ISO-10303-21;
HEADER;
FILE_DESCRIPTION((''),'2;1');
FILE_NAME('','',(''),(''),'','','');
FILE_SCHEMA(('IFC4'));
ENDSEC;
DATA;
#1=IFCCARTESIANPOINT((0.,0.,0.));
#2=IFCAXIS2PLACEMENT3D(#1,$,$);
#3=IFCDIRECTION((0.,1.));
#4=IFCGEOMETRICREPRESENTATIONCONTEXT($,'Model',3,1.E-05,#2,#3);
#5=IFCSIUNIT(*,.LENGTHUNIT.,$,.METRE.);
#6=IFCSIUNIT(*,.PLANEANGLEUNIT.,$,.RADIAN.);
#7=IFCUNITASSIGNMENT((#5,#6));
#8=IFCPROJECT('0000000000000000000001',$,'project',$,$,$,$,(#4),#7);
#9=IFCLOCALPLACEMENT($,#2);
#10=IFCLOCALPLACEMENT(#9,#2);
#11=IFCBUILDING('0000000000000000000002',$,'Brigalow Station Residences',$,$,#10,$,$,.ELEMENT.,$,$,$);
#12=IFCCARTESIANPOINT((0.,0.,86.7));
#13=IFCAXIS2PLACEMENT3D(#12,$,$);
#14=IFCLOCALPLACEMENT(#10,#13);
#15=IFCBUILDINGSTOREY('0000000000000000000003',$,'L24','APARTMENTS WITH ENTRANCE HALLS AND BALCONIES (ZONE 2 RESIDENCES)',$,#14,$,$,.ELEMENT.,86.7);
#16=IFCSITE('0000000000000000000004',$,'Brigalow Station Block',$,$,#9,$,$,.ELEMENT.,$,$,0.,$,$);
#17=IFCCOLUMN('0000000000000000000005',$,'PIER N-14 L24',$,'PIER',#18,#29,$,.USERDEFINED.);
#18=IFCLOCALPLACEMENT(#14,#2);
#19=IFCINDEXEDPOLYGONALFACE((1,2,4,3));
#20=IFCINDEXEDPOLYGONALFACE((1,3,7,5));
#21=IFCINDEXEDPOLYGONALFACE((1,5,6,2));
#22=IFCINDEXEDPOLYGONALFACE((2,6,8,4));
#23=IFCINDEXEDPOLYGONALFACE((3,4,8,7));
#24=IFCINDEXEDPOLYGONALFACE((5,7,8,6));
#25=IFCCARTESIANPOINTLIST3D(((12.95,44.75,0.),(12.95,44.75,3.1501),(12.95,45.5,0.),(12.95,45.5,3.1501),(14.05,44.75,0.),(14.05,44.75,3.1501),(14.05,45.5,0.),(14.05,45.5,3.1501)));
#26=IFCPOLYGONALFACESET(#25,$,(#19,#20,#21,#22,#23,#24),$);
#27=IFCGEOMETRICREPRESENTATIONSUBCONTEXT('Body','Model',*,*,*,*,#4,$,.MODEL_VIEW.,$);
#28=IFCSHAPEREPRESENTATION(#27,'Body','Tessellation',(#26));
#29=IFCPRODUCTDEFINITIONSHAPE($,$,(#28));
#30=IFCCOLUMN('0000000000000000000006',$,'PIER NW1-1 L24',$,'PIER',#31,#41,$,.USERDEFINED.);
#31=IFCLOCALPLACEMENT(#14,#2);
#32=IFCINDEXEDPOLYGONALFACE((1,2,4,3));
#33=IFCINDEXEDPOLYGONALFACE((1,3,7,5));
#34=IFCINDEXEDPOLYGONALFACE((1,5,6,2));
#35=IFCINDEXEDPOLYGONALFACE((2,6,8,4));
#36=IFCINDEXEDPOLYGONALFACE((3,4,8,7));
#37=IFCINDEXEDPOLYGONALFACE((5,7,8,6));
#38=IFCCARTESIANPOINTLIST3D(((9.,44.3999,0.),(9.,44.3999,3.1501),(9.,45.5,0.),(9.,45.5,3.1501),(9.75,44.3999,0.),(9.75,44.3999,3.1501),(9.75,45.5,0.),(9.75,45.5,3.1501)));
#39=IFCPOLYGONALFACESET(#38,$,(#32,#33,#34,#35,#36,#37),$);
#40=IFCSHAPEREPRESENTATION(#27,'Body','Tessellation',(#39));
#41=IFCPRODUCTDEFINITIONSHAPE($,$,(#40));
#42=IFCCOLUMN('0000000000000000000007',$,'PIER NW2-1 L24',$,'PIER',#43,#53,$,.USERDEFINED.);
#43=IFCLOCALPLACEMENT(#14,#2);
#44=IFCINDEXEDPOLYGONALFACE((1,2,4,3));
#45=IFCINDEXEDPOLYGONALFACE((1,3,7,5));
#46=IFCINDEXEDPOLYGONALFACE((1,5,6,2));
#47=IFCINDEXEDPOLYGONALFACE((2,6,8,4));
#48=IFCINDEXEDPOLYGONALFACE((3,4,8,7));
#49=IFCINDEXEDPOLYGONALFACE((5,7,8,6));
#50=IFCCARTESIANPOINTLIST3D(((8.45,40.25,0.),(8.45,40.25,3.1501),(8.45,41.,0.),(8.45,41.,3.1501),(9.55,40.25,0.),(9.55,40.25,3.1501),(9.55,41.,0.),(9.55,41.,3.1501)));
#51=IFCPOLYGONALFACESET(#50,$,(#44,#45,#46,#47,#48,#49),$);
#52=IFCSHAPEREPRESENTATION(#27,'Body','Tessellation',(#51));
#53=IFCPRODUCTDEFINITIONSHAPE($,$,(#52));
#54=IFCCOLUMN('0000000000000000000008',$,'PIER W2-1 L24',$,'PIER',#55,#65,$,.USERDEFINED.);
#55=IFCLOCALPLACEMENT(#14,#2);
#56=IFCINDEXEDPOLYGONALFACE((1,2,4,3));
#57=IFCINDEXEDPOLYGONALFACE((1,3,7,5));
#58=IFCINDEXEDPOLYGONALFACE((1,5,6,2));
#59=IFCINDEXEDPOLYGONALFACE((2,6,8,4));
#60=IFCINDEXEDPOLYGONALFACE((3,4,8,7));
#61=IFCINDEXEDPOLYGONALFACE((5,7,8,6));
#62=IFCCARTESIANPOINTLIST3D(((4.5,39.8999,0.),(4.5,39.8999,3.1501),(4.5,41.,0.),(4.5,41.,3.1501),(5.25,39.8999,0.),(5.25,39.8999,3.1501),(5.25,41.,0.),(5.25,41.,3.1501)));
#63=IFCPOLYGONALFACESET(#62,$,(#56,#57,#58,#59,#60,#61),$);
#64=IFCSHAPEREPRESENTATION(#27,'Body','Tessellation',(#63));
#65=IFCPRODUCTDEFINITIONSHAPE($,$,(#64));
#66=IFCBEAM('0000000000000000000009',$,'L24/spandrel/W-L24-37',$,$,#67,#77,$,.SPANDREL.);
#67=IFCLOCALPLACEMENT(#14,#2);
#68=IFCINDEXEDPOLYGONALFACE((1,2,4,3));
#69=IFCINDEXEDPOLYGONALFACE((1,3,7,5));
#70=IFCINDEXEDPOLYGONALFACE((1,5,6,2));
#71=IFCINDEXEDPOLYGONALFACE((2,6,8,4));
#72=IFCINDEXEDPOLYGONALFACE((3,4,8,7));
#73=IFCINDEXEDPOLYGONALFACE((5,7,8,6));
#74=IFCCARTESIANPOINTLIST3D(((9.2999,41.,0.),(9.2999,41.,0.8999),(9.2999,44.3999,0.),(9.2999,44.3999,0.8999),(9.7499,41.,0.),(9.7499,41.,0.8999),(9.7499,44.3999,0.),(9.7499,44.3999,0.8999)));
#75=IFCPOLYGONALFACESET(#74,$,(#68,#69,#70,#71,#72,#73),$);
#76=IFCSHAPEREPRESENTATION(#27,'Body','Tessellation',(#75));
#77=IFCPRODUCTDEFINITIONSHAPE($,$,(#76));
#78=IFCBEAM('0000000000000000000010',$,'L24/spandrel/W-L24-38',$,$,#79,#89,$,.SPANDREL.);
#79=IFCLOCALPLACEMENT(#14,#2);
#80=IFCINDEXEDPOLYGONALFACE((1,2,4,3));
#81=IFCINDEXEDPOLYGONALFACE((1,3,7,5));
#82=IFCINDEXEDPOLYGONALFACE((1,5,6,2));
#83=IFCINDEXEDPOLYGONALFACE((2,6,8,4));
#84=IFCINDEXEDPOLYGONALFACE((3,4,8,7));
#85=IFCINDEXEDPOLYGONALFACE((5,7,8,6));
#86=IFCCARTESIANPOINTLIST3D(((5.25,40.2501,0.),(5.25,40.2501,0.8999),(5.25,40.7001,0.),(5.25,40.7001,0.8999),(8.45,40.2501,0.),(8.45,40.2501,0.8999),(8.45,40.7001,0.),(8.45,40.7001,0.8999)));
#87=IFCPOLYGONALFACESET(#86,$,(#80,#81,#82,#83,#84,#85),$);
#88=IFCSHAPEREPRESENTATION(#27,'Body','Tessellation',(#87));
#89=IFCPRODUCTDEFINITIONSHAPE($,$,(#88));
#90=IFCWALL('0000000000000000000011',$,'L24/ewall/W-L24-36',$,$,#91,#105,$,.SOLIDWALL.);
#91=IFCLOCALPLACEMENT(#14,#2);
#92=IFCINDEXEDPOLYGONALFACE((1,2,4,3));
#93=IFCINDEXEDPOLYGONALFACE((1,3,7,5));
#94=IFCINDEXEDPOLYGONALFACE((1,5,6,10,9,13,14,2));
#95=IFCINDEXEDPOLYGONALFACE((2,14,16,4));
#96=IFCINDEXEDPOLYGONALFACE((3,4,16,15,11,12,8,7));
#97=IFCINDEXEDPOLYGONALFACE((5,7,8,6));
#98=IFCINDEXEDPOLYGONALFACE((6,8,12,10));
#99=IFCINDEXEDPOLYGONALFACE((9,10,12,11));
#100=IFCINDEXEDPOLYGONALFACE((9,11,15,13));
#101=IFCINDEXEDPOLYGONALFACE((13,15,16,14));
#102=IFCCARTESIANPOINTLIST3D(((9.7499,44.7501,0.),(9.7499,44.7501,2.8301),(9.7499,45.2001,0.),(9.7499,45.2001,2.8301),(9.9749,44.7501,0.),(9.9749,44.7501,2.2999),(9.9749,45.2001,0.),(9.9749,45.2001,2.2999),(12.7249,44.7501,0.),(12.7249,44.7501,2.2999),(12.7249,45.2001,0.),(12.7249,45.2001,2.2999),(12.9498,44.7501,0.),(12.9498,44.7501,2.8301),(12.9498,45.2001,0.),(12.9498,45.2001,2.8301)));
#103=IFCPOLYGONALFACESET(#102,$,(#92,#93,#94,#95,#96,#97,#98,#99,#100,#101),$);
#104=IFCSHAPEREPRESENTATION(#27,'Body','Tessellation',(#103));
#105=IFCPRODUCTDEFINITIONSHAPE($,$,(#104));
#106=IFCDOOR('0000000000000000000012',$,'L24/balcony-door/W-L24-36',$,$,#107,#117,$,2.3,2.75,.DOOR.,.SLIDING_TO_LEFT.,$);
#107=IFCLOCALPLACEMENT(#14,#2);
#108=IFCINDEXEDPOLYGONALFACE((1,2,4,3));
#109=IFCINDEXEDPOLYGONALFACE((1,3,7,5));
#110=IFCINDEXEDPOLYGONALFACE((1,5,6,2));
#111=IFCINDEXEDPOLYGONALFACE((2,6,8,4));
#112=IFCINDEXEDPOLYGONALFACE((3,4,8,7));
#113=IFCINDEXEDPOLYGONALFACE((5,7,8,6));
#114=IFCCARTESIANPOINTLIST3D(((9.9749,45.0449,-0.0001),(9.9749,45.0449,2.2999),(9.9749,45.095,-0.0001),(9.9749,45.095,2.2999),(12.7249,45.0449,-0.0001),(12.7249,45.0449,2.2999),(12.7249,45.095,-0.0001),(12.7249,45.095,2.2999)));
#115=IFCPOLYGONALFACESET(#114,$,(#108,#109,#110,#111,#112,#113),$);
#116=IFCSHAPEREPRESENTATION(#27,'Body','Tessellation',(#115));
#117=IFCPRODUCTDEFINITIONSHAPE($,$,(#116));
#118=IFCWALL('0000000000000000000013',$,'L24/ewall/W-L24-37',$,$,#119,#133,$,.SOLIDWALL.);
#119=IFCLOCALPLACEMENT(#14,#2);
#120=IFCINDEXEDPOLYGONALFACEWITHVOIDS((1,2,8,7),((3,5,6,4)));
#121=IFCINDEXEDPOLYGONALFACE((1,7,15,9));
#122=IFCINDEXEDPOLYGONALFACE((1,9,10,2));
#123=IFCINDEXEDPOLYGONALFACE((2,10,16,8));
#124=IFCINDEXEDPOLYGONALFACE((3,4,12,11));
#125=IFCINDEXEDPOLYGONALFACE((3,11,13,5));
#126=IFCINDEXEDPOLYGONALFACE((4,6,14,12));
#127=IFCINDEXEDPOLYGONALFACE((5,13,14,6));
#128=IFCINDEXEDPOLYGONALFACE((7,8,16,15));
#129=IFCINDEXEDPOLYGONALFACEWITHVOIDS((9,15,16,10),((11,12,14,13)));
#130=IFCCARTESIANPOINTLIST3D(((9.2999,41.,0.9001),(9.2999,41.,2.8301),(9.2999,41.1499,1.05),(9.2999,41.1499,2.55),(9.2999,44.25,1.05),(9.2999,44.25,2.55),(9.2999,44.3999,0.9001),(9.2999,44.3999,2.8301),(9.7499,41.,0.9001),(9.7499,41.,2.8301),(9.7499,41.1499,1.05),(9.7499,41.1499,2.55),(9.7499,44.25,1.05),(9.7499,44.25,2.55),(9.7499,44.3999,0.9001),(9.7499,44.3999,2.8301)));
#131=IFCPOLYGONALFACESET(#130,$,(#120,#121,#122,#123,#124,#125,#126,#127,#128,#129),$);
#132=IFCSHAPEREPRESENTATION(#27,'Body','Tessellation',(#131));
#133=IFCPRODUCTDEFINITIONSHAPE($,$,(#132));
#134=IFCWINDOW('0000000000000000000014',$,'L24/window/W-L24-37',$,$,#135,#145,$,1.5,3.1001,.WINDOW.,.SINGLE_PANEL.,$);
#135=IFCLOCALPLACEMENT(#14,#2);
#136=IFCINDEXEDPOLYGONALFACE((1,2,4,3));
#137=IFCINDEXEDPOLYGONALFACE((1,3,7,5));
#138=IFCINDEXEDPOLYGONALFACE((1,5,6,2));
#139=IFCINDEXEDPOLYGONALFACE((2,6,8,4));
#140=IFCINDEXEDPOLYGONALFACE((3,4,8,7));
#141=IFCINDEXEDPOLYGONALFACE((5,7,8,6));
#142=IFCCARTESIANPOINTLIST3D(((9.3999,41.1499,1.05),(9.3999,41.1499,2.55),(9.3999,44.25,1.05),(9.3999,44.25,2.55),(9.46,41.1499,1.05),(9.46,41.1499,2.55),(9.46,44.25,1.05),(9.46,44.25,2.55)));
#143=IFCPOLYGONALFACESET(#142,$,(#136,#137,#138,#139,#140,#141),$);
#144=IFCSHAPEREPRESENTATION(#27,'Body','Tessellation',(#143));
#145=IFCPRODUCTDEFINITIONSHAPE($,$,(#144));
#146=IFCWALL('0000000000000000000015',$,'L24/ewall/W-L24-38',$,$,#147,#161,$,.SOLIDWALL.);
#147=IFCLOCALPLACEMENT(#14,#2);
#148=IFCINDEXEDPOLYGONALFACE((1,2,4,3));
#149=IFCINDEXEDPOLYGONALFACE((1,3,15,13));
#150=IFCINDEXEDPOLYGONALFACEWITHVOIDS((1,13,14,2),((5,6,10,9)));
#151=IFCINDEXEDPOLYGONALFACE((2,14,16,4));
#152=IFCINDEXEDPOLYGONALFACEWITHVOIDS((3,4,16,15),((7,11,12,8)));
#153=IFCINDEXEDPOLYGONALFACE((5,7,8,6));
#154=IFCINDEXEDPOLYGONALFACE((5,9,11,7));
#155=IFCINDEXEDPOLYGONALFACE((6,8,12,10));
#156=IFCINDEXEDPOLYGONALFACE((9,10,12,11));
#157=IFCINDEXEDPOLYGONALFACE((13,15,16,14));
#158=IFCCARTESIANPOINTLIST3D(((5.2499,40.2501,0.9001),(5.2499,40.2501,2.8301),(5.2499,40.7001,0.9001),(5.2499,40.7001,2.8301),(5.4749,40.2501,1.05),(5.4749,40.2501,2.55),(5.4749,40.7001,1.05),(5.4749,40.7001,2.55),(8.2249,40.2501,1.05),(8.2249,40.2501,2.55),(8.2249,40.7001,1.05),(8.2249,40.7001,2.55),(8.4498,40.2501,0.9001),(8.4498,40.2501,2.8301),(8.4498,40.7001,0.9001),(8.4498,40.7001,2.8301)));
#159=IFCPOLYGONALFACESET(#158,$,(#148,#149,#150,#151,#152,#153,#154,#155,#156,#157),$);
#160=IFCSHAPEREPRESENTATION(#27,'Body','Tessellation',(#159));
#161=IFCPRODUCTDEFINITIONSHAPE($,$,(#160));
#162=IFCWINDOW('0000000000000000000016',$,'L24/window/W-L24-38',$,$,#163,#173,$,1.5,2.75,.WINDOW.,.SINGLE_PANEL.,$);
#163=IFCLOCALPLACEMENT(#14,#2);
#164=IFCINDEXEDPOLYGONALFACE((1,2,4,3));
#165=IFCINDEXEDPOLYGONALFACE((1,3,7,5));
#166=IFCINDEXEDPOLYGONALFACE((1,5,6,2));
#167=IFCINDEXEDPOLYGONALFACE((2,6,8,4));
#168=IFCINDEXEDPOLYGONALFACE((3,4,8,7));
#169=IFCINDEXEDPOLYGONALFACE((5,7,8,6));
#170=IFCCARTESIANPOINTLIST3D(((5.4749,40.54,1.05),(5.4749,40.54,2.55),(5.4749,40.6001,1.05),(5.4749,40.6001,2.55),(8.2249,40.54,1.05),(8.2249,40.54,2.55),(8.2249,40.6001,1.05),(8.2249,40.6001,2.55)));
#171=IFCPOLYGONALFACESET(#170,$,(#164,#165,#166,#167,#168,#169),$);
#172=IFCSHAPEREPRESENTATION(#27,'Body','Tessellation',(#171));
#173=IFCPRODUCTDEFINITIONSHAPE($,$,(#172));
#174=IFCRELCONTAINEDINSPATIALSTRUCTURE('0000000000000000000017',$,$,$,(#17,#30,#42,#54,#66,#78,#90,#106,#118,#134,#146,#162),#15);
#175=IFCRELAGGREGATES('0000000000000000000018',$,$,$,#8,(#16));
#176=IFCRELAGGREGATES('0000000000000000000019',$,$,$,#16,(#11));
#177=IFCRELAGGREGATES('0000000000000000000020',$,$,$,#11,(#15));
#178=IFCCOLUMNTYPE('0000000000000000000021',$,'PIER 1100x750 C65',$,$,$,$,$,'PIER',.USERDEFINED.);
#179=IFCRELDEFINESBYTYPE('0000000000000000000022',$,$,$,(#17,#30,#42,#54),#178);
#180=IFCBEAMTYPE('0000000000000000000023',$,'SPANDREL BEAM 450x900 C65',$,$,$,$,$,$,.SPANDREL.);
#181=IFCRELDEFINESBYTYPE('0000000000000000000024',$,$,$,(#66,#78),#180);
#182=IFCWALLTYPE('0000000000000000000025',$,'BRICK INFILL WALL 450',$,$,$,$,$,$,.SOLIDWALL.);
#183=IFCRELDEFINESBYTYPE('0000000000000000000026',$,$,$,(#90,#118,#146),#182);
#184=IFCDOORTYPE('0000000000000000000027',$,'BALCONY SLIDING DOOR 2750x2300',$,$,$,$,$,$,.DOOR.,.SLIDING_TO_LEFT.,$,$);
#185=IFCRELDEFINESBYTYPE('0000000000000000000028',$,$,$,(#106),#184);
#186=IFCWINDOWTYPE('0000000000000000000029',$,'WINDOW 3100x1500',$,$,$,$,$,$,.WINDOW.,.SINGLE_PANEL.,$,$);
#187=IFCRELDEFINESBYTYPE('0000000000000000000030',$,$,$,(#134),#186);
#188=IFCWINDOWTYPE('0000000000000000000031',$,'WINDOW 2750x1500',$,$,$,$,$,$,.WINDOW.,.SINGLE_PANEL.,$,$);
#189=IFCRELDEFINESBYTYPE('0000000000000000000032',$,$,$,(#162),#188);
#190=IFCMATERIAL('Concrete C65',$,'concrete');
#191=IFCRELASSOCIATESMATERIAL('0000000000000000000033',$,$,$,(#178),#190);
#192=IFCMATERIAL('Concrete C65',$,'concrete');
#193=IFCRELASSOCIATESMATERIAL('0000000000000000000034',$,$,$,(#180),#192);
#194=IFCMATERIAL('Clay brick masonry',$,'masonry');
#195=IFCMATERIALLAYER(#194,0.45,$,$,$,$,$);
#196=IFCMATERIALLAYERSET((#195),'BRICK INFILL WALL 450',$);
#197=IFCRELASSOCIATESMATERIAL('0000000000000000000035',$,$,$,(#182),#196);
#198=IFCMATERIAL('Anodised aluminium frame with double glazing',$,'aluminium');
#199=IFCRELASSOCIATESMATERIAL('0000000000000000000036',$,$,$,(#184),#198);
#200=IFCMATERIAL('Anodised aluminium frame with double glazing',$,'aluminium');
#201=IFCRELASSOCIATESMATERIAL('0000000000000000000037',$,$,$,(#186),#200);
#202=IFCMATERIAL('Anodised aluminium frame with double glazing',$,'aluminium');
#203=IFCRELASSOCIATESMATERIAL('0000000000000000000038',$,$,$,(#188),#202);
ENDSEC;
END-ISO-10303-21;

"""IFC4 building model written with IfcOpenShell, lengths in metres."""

from ifc_helpers import new_model, si_unit, direction, frame, frame_2d, origin, origin_2d, place, context, subcontext, project, spatial, rectangle, extrude, material, layer, layer_set, material_profile, profile_set, type_object, element, fill, save


model = new_model("IFC4")

# Units and contexts
model_context = context("Model", 3, precision=1e-05, world=origin(), true_north=direction((0.0, 1.0)))
body_context = subcontext(model_context, "Body", "Model", "MODEL_VIEW")
ifc_project = project(units=[si_unit("LENGTHUNIT", "METRE"), si_unit("PLANEANGLEUNIT", "RADIAN")], contexts=[model_context])

# Site, building, storey
site_placement = place(None, origin())
site = spatial("IfcSite", under=ifc_project, at=site_placement, Name="Brigalow Station Block", CompositionType="ELEMENT", RefElevation=0.0)
building_placement = place(site_placement, origin())
building = spatial("IfcBuilding", under=site, at=building_placement, Name="Brigalow Station Residences", CompositionType="ELEMENT")
storey_placement = place(building_placement, frame((0.0, 0.0, 86.7)))
storey = spatial("IfcBuildingStorey", under=building, at=storey_placement, Name="L24", Description="APARTMENTS WITH ENTRANCE HALLS AND BALCONIES (ZONE 2 RESIDENCES)", CompositionType="ELEMENT", Elevation=86.7)

# Columns
ifc_material_1 = material(Name="Concrete C65", Category="concrete")
ifc_material_profile_1 = material_profile(ifc_material_1, rectangle(XDim=1.1001, YDim=0.75, at=origin_2d()), Name="RC1100x750")
ifc_profile_set_1 = profile_set([ifc_material_profile_1], Name="Concrete C65")
column_type = type_object("IfcColumnType", Name="PIER 1100x750 C65", ElementType="PIER", PredefinedType="USERDEFINED", material=ifc_profile_set_1)
for number, where, z_axis, x_axis, name in (
    (1, (13.5, 45.125, 0.0), (0.0, 0.0, 1.0), (-1.0, 0.0, 0.0), "PIER N-14 L24"),
    (2, (9.375, 44.95, 0.0), (0.0, 0.0, 1.0), (0.0, -1.0, 0.0), "PIER NW1-1 L24"),
    (3, (9.0, 40.625, 0.0), (0.0, 0.0, 1.0), (-1.0, 0.0, 0.0), "PIER NW2-1 L24"),
    (4, (4.875, 40.45, 0.0), (0.0, 0.0, 1.0), (0.0, -1.0, 0.0), "PIER W2-1 L24"),
):
    element("IfcColumn", number, at=place(storey_placement, frame(where, z_axis=z_axis, x_axis=x_axis)), inside=storey, type_object=column_type, Name=name, ObjectType="PIER", PredefinedType="USERDEFINED", context=body_context, shape_type="SweptSolid", body=[
        extrude(rectangle(XDim=1.1001, YDim=0.75, at=origin_2d()), origin(), (0.0, 0.0, 1.0), 3.1501),
    ])

# Beams
ifc_material_2 = material(Name="Concrete C65", Category="concrete")
ifc_material_profile_2 = material_profile(ifc_material_2, rectangle(XDim=0.45, YDim=0.8999, at=origin_2d()), Name="RC450x900")
ifc_profile_set_2 = profile_set([ifc_material_profile_2], Name="Concrete C65")
beam_type = type_object("IfcBeamType", Name="SPANDREL BEAM 450x900 C65", PredefinedType="SPANDREL", material=ifc_profile_set_2)
beam_1_placement = place(storey_placement, frame((9.5249, 44.3999, 0.45), z_axis=(0.0, -1.0, 0.0), x_axis=(1.0, 0.0, 0.0)))
element("IfcBeam", 5, at=beam_1_placement, inside=storey, type_object=beam_type, Name="L24/spandrel/W-L24-37", PredefinedType="SPANDREL", context=body_context, shape_type="SweptSolid", body=[
    extrude(rectangle(XDim=0.45, YDim=0.8999, at=origin_2d()), origin(), (0.0, 0.0, 1.0), 3.3999),
])
beam_2_placement = place(storey_placement, frame((8.45, 40.4751, 0.45), z_axis=(-1.0, 0.0, 0.0), x_axis=(0.0, -1.0, 0.0)))
element("IfcBeam", 6, at=beam_2_placement, inside=storey, type_object=beam_type, Name="L24/spandrel/W-L24-38", PredefinedType="SPANDREL", context=body_context, shape_type="SweptSolid", body=[
    extrude(rectangle(XDim=0.45, YDim=0.8999, at=origin_2d()), origin(), (0.0, 0.0, 1.0), 3.2),
])

# Wall, opening, door
ifc_material_3 = material(Name="Clay brick masonry", Category="masonry")
ifc_layer_1 = layer(ifc_material_3, 0.45)
ifc_layer_set_1 = layer_set([ifc_layer_1], Name="BRICK INFILL WALL 450")
wall_type_1 = type_object("IfcWallType", Name="BRICK INFILL WALL 450", PredefinedType="SOLIDWALL", material=ifc_layer_set_1)
wall_1_placement = place(storey_placement, frame((12.95, 44.9751, 0.0), z_axis=(0.0, 0.0, 1.0), x_axis=(-1.0, 0.0, 0.0)))
wall_1 = element("IfcWall", 7, at=wall_1_placement, inside=storey, type_object=wall_type_1, Name="L24/ewall/W-L24-36", PredefinedType="SOLIDWALL", context=body_context, shape_type="SweptSolid", body=[
    extrude(rectangle(XDim=3.2, YDim=0.45, at=frame_2d((1.6001, 0.0))), origin(), (0.0, 0.0, 1.0), 2.8301),
])
opening_1_placement = place(wall_1_placement, frame((0.2251, 0.0, 0.0)))
opening_1 = element("IfcOpeningElement", 8, at=opening_1_placement, cuts=wall_1, PredefinedType="OPENING", context=body_context, shape_type="SweptSolid", body=[
    extrude(rectangle(XDim=2.75, YDim=2.3, at=frame_2d((1.375, 1.1499))), frame((0.0, 0.2349, 0.0), z_axis=(0.0, -1.0, 0.0), x_axis=(1.0, 0.0, 0.0)), (0.0, 0.0, 1.0), 0.47),
])
ifc_material_4 = material(Name="Anodised aluminium frame with double glazing", Category="aluminium")
door_type_1 = type_object("IfcDoorType", Name="BALCONY SLIDING DOOR 2750x2300", OperationType="SLIDING_TO_LEFT", PredefinedType="DOOR", material=ifc_material_4)
door_1_placement = place(opening_1_placement, origin())
door_1 = element("IfcDoor", 9, at=door_1_placement, inside=storey, type_object=door_type_1, Name="L24/balcony-door/W-L24-36", OperationType="SLIDING_TO_LEFT", OverallHeight=2.3, OverallWidth=2.75, PredefinedType="DOOR", context=body_context, shape_type="SweptSolid", body=[
    extrude(rectangle(XDim=2.75, YDim=2.3, at=frame_2d((1.375, 1.1499))), frame((0.0, -0.0698, 0.0), z_axis=(0.0, -1.0, 0.0), x_axis=(1.0, 0.0, 0.0)), (0.0, 0.0, 1.0), 0.05),
])
fill(opening_1, door_1)

# Walls, openings, windows
wall_2_placement = place(storey_placement, frame((9.5249, 44.3999, 0.9001), z_axis=(0.0, 0.0, 1.0), x_axis=(0.0, -1.0, 0.0)))
wall_2 = element("IfcWall", 10, at=wall_2_placement, inside=storey, type_object=wall_type_1, Name="L24/ewall/W-L24-37", PredefinedType="SOLIDWALL", context=body_context, shape_type="SweptSolid", body=[
    extrude(rectangle(XDim=3.3999, YDim=0.45, at=frame_2d((1.7, 0.0))), origin(), (0.0, 0.0, 1.0), 1.9299),
])
opening_2_placement = place(wall_2_placement, frame((0.1499, 0.0, 0.1499)))
opening_2 = element("IfcOpeningElement", 11, at=opening_2_placement, cuts=wall_2, PredefinedType="OPENING", context=body_context, shape_type="SweptSolid", body=[
    extrude(rectangle(XDim=3.1001, YDim=1.5, at=frame_2d((1.55, 0.75))), frame((0.0, 0.2349, 0.0), z_axis=(0.0, -1.0, 0.0), x_axis=(1.0, 0.0, 0.0)), (0.0, 0.0, 1.0), 0.47),
])
ifc_material_5 = material(Name="Anodised aluminium frame with double glazing", Category="aluminium")
window_type_1 = type_object("IfcWindowType", Name="WINDOW 3100x1500", PartitioningType="SINGLE_PANEL", PredefinedType="WINDOW", material=ifc_material_5)
window_1_placement = place(opening_2_placement, origin())
window_1 = element("IfcWindow", 12, at=window_1_placement, inside=storey, type_object=window_type_1, Name="L24/window/W-L24-37", OverallHeight=1.5, OverallWidth=3.1001, PartitioningType="SINGLE_PANEL", PredefinedType="WINDOW", context=body_context, shape_type="SweptSolid", body=[
    extrude(rectangle(XDim=3.1001, YDim=1.5, at=frame_2d((1.55, 0.75))), frame((0.0, -0.0649, 0.0), z_axis=(0.0, -1.0, 0.0), x_axis=(1.0, 0.0, 0.0)), (0.0, 0.0, 1.0), 0.0601),
])
fill(opening_2, window_1)
wall_3_placement = place(storey_placement, frame((8.45, 40.4751, 0.9001), z_axis=(0.0, 0.0, 1.0), x_axis=(-1.0, 0.0, 0.0)))
wall_3 = element("IfcWall", 13, at=wall_3_placement, inside=storey, type_object=wall_type_1, Name="L24/ewall/W-L24-38", PredefinedType="SOLIDWALL", context=body_context, shape_type="SweptSolid", body=[
    extrude(rectangle(XDim=3.2, YDim=0.45, at=frame_2d((1.6001, 0.0))), origin(), (0.0, 0.0, 1.0), 1.9299),
])
opening_3_placement = place(wall_3_placement, frame((0.2251, 0.0, 0.1499)))
opening_3 = element("IfcOpeningElement", 14, at=opening_3_placement, cuts=wall_3, PredefinedType="OPENING", context=body_context, shape_type="SweptSolid", body=[
    extrude(rectangle(XDim=2.75, YDim=1.5, at=frame_2d((1.375, 0.75))), frame((0.0, 0.2349, 0.0), z_axis=(0.0, -1.0, 0.0), x_axis=(1.0, 0.0, 0.0)), (0.0, 0.0, 1.0), 0.47),
])
ifc_material_6 = material(Name="Anodised aluminium frame with double glazing", Category="aluminium")
window_type_2 = type_object("IfcWindowType", Name="WINDOW 2750x1500", PartitioningType="SINGLE_PANEL", PredefinedType="WINDOW", material=ifc_material_6)
window_2_placement = place(opening_3_placement, origin())
window_2 = element("IfcWindow", 15, at=window_2_placement, inside=storey, type_object=window_type_2, Name="L24/window/W-L24-38", OverallHeight=1.5, OverallWidth=2.75, PartitioningType="SINGLE_PANEL", PredefinedType="WINDOW", context=body_context, shape_type="SweptSolid", body=[
    extrude(rectangle(XDim=2.75, YDim=1.5, at=frame_2d((1.375, 0.75))), frame((0.0, -0.0649, 0.0), z_axis=(0.0, -1.0, 0.0), x_axis=(1.0, 0.0, 0.0)), (0.0, 0.0, 1.0), 0.0601),
])
fill(opening_3, window_2)

save(model, "model.ifc")
